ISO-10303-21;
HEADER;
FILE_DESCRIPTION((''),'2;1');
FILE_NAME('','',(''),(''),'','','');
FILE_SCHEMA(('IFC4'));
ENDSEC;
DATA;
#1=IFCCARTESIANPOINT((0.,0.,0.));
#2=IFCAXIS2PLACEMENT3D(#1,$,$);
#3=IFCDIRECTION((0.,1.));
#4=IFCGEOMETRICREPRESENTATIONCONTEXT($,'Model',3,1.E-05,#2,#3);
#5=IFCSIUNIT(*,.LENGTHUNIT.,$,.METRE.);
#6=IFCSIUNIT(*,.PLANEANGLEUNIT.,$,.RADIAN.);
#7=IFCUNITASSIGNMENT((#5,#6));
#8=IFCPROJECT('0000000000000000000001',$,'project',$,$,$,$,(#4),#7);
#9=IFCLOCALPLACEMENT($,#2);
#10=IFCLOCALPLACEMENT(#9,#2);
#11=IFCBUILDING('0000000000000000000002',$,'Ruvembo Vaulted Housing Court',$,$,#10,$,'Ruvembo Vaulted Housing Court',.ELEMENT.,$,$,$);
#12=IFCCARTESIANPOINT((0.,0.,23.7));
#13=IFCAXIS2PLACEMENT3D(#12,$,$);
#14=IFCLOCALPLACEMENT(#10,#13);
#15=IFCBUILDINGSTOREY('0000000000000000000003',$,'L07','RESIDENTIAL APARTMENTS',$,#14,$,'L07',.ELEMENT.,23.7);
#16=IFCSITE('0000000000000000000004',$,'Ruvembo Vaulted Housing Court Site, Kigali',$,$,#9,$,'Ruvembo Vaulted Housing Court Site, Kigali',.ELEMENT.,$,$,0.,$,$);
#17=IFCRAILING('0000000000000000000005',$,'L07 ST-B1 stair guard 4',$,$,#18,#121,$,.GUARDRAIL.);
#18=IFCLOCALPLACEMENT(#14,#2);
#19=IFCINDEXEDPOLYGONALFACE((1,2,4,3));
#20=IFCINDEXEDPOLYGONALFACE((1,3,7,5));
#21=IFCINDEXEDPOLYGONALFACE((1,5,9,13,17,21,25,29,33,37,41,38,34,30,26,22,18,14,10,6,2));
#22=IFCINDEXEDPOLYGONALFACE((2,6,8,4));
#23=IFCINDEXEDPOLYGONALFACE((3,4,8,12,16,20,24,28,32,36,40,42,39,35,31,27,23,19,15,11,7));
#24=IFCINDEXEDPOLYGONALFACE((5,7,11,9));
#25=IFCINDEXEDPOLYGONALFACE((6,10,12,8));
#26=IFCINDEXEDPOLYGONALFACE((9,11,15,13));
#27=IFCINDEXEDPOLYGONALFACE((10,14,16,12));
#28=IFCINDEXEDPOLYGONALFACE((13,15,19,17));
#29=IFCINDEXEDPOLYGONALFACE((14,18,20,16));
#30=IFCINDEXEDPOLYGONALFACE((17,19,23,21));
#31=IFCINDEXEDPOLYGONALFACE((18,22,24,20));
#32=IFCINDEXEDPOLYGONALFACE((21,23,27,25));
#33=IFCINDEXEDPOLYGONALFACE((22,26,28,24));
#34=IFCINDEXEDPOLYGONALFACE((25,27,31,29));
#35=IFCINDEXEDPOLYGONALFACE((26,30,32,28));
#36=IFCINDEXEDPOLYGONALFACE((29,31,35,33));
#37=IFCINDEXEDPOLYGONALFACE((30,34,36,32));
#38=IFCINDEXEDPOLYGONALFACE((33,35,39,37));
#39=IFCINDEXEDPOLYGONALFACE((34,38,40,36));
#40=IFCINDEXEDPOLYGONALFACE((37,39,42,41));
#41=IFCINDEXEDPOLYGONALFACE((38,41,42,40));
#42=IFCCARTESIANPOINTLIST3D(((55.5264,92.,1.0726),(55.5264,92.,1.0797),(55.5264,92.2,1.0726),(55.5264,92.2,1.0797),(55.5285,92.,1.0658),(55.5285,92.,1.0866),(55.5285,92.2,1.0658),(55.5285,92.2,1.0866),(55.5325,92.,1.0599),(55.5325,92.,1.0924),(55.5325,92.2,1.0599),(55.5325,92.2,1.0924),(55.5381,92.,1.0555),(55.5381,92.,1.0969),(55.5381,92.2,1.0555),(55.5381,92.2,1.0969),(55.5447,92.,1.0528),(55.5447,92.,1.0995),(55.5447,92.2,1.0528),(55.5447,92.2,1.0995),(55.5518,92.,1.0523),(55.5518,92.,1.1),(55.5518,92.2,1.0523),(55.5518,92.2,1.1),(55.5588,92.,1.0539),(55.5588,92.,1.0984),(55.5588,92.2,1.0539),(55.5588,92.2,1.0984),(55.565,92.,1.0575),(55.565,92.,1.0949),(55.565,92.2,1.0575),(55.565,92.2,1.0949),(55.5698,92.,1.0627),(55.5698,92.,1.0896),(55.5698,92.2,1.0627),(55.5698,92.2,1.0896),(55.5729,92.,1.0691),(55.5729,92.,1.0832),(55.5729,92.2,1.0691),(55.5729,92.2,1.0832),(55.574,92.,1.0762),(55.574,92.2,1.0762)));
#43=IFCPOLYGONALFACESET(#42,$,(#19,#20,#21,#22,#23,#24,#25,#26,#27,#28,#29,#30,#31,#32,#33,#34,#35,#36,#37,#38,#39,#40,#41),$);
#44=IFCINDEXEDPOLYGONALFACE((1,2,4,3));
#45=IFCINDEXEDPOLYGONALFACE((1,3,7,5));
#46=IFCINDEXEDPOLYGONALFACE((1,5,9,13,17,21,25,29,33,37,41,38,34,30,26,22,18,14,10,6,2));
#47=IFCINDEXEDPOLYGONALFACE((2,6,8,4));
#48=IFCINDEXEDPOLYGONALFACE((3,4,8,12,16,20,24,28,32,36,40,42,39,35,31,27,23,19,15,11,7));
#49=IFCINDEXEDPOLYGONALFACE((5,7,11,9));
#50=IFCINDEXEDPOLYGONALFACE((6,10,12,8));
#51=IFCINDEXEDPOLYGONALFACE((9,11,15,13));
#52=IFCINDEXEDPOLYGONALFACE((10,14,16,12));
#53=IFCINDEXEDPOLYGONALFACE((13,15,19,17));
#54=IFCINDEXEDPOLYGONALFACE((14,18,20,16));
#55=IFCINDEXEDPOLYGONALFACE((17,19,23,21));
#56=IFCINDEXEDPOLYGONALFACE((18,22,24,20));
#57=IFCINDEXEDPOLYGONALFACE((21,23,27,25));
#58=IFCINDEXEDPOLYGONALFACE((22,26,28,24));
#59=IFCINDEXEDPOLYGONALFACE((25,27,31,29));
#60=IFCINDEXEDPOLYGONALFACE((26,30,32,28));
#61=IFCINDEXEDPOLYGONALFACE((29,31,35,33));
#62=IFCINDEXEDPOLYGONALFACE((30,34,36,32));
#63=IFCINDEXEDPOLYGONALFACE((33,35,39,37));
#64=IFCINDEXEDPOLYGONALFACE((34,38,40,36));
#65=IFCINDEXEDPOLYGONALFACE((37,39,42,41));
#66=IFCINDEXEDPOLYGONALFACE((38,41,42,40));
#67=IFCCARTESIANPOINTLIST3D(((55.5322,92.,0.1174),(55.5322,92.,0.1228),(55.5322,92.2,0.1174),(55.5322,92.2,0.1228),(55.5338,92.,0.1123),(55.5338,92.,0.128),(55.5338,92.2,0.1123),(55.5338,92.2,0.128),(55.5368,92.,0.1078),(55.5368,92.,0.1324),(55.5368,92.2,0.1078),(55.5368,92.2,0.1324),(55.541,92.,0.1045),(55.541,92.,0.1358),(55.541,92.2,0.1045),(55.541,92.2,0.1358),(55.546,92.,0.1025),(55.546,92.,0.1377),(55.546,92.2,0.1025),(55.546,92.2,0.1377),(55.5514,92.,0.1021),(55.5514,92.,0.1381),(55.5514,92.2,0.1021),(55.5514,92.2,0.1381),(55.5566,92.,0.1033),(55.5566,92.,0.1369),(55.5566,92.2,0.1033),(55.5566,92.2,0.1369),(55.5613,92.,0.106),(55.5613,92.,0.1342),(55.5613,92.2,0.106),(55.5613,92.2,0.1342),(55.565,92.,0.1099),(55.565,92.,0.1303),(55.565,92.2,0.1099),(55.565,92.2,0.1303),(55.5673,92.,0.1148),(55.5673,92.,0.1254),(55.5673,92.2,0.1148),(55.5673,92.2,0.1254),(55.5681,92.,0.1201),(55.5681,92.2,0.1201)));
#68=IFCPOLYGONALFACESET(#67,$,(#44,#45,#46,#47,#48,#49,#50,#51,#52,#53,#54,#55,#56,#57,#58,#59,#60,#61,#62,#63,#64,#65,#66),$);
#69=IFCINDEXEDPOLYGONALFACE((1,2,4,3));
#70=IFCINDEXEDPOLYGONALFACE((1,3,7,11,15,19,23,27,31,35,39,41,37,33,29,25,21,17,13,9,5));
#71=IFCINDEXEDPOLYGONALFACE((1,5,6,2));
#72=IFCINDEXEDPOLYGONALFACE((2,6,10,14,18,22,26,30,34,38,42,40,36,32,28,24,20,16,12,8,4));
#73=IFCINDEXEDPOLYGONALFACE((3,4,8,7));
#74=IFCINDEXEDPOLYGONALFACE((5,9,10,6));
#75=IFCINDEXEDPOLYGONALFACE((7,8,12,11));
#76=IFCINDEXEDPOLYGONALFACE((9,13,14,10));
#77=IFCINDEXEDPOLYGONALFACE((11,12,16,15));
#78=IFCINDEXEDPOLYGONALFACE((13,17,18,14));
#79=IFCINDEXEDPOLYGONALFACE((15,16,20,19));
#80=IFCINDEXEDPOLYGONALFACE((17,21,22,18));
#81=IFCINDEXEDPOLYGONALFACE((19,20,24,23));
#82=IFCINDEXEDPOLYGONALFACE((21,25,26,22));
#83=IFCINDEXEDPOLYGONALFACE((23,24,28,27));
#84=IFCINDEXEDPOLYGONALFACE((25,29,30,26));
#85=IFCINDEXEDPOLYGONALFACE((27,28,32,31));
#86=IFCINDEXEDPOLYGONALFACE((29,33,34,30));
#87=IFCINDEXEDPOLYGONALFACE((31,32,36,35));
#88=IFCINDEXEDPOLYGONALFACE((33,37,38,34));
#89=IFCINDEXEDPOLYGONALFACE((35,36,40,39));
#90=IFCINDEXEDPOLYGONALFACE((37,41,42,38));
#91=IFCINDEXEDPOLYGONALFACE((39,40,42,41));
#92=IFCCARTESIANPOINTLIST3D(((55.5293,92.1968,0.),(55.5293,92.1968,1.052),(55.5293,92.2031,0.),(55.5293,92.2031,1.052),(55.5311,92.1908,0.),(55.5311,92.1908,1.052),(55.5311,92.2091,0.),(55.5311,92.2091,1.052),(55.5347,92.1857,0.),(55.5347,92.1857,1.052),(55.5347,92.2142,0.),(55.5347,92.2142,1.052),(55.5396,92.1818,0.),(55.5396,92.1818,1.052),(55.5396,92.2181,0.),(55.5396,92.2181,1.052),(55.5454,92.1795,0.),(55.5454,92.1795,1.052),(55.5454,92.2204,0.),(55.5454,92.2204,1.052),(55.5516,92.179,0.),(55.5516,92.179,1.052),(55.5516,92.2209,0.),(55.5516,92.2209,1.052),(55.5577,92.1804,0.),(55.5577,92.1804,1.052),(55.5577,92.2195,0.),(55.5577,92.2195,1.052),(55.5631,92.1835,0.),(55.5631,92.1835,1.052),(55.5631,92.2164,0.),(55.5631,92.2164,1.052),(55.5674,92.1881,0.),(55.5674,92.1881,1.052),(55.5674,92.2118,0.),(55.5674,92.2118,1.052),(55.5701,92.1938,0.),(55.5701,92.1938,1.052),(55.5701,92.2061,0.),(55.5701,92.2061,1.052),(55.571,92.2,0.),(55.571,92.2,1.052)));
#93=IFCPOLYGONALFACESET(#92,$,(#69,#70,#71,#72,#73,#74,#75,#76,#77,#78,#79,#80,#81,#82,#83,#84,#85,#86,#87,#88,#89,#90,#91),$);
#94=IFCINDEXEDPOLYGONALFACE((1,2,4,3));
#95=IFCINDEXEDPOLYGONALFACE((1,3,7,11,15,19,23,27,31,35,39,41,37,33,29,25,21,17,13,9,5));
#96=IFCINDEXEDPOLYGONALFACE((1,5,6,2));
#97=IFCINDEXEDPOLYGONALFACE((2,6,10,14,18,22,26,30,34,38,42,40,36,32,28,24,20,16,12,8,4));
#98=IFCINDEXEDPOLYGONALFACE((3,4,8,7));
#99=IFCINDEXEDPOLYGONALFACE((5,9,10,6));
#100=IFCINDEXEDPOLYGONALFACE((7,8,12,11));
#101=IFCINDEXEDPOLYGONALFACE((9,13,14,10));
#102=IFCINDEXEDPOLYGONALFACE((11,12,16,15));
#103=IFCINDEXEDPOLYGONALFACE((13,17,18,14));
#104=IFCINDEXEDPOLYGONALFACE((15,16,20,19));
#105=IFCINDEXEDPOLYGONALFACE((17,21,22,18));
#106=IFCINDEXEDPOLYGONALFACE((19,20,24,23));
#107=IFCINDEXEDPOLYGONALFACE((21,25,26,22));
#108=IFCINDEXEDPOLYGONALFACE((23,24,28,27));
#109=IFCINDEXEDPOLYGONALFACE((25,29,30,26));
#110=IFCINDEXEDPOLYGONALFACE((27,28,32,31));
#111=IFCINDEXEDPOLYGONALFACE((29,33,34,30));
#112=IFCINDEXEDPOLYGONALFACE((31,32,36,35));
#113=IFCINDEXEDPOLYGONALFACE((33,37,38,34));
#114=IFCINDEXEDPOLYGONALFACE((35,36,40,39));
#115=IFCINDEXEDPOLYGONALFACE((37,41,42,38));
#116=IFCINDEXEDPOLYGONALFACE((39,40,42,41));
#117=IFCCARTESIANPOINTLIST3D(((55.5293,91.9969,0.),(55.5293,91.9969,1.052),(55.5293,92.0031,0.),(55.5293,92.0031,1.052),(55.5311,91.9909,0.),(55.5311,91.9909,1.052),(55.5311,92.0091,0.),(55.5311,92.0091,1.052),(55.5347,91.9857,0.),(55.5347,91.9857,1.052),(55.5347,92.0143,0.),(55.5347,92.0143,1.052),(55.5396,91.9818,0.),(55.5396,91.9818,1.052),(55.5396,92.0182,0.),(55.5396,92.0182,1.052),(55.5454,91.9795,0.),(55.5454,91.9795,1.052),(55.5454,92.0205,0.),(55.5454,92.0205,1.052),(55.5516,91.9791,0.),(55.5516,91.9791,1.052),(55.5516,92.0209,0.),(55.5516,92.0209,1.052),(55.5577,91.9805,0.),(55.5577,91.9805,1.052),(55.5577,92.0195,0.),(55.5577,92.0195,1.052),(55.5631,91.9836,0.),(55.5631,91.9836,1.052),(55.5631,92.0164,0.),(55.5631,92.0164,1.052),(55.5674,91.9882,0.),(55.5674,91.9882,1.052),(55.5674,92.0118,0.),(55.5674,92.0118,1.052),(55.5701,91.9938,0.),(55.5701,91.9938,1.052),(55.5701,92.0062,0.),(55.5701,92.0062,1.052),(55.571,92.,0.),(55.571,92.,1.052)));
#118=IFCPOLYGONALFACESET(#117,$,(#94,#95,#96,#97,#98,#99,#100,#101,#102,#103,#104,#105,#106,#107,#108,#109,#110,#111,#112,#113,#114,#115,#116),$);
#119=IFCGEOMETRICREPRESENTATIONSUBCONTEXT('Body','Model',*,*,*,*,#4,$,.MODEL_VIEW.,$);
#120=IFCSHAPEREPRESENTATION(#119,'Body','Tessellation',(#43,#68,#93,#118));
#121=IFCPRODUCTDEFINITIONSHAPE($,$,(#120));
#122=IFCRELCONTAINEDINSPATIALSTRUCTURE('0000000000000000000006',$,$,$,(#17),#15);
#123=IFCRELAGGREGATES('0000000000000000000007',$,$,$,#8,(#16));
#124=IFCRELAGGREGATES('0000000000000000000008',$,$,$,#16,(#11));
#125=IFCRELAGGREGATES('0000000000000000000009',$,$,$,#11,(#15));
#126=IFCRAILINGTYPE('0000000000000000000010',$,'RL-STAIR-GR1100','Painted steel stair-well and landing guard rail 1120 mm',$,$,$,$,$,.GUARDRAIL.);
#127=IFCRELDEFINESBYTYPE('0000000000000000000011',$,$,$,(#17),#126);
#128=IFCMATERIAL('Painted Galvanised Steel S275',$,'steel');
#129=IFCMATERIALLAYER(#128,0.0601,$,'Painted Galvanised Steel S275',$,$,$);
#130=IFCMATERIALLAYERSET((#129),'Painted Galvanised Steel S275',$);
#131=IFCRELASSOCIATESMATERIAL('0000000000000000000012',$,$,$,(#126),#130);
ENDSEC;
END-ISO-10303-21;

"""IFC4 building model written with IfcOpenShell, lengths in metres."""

from ifc_helpers import new_model, si_unit, direction, frame, origin, origin_2d, place, context, subcontext, project, spatial, circle, extrude, material, layer, layer_set, type_object, element, save


model = new_model("IFC4")

# Units and contexts
model_context = context("Model", 3, precision=1e-05, world=origin(), true_north=direction((0.0, 1.0)))
body_context = subcontext(model_context, "Body", "Model", "MODEL_VIEW")
ifc_project = project(units=[si_unit("LENGTHUNIT", "METRE"), si_unit("PLANEANGLEUNIT", "RADIAN")], contexts=[model_context])

# Site, building, storey
site_placement = place(None, origin())
site = spatial("IfcSite", under=ifc_project, at=site_placement, Name="Ruvembo Vaulted Housing Court Site, Kigali", LongName="Ruvembo Vaulted Housing Court Site, Kigali", CompositionType="ELEMENT", RefElevation=0.0)
building_placement = place(site_placement, origin())
building = spatial("IfcBuilding", under=site, at=building_placement, Name="Ruvembo Vaulted Housing Court", LongName="Ruvembo Vaulted Housing Court", CompositionType="ELEMENT")
storey_placement = place(building_placement, frame((0.0, 0.0, 23.7)))
storey = spatial("IfcBuildingStorey", under=building, at=storey_placement, Name="L07", Description="RESIDENTIAL APARTMENTS", LongName="L07", CompositionType="ELEMENT", Elevation=23.7)

# Railing
ifc_material_1 = material(Name="Painted Galvanised Steel S275", Category="steel")
ifc_layer_1 = layer(ifc_material_1, 0.0601, Name="Painted Galvanised Steel S275")
ifc_layer_set_1 = layer_set([ifc_layer_1], Name="Painted Galvanised Steel S275")
railing_type_1 = type_object("IfcRailingType", Name="RL-STAIR-GR1100", Description="Painted steel stair-well and landing guard rail 1120 mm", PredefinedType="GUARDRAIL", material=ifc_layer_set_1)
railing_1_placement = place(storey_placement, frame((55.55, 92.2, 0.0)))
element("IfcRailing", 1, at=railing_1_placement, inside=storey, type_object=railing_type_1, Name="L07 ST-B1 stair guard 4", PredefinedType="GUARDRAIL", context=body_context, shape_type="SweptSolid", body=[
    extrude(circle(Radius=0.0239, at=origin_2d()), frame((0.0, 0.0, 1.0762), z_axis=(0.0, -1.0, 0.0), x_axis=(1.0, 0.0, 0.0)), (0.0, 0.0, 1.0), 0.2),
    extrude(circle(Radius=0.0181, at=origin_2d()), frame((0.0, 0.0, 0.1201), z_axis=(0.0, -1.0, 0.0), x_axis=(1.0, 0.0, 0.0)), (0.0, 0.0, 1.0), 0.2),
    extrude(circle(Radius=0.021, at=origin_2d()), origin(), (0.0, 0.0, 1.0), 1.052),
    extrude(circle(Radius=0.021, at=origin_2d()), frame((0.0, -0.2, 0.0)), (0.0, 0.0, 1.0), 1.052),
])

save(model, "model.ifc")
